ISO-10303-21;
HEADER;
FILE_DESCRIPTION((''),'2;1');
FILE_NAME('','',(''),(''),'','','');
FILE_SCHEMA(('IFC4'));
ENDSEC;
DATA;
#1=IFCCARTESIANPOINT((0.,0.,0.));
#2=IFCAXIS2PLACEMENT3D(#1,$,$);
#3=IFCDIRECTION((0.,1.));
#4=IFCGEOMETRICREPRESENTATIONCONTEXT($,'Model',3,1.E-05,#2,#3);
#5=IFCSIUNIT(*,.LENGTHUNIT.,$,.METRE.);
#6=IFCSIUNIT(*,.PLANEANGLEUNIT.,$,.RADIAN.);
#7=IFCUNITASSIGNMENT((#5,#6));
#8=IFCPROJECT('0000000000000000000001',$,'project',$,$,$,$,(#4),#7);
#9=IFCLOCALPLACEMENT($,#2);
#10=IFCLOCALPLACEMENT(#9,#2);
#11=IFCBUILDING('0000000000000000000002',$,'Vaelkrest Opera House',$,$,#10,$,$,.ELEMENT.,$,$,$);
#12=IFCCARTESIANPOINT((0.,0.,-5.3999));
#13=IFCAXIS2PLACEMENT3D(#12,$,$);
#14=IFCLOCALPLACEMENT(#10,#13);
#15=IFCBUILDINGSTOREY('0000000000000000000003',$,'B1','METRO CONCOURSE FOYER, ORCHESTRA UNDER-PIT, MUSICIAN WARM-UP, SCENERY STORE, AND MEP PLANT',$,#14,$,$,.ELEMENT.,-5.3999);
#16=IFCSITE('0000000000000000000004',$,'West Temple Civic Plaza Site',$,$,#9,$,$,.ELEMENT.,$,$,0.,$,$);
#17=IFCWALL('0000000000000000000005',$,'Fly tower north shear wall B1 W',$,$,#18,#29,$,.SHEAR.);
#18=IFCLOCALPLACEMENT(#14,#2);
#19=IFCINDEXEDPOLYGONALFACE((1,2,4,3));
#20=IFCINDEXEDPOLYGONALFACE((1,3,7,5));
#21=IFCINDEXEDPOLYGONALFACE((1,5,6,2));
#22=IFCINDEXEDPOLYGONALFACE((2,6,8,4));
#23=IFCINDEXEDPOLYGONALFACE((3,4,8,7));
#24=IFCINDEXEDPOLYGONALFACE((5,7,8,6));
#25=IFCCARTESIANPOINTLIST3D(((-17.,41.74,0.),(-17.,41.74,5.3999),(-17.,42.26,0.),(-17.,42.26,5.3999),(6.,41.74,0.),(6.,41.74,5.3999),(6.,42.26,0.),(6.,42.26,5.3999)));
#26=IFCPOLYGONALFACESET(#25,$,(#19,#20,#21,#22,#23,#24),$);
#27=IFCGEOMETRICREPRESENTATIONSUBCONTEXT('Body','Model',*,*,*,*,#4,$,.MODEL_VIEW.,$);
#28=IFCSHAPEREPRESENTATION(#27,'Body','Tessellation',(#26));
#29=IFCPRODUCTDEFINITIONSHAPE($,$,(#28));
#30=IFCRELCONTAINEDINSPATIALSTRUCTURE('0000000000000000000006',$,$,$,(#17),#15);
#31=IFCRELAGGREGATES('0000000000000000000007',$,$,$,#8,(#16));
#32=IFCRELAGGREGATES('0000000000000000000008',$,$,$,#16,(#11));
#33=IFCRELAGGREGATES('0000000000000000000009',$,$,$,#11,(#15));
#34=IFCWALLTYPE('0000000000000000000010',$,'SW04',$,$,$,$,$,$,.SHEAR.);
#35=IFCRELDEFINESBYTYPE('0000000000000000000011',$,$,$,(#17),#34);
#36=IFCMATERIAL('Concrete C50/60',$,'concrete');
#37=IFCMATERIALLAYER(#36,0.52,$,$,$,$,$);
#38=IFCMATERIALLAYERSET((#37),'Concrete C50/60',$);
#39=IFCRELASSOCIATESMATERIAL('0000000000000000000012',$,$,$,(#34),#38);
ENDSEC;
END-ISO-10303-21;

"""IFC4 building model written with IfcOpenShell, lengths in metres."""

from ifc_helpers import new_model, si_unit, direction, frame, frame_2d, origin, place, context, subcontext, project, spatial, rectangle, extrude, material, layer, layer_set, type_object, element, save


model = new_model("IFC4")

# Units and contexts
model_context = context("Model", 3, precision=1e-05, world=origin(), true_north=direction((0.0, 1.0)))
body_context = subcontext(model_context, "Body", "Model", "MODEL_VIEW")
ifc_project = project(units=[si_unit("LENGTHUNIT", "METRE"), si_unit("PLANEANGLEUNIT", "RADIAN")], contexts=[model_context])

# Site, building, storey
site_placement = place(None, origin())
site = spatial("IfcSite", under=ifc_project, at=site_placement, Name="West Temple Civic Plaza Site", CompositionType="ELEMENT", RefElevation=0.0)
building_placement = place(site_placement, origin())
building = spatial("IfcBuilding", under=site, at=building_placement, Name="Vaelkrest Opera House", CompositionType="ELEMENT")
storey_placement = place(building_placement, frame((0.0, 0.0, -5.3999)))
storey = spatial("IfcBuildingStorey", under=building, at=storey_placement, Name="B1", Description="METRO CONCOURSE FOYER, ORCHESTRA UNDER-PIT, MUSICIAN WARM-UP, SCENERY STORE, AND MEP PLANT", CompositionType="ELEMENT", Elevation=-5.3999)

# Shared definitions
ifc_material_1 = material(Name="Concrete C50/60", Category="concrete")

# Wall
ifc_layer_1 = layer(ifc_material_1, 0.52)
ifc_layer_set_1 = layer_set([ifc_layer_1], Name="Concrete C50/60")
wall_type_1 = type_object("IfcWallType", Name="SW04", PredefinedType="SHEAR", material=ifc_layer_set_1)
wall_1_placement = place(storey_placement, frame((-17.0, 42.0, 0.0), z_axis=(0.0, 0.0, 1.0), x_axis=(1.0, 0.0, 0.0)))
element("IfcWall", 1, at=wall_1_placement, inside=storey, type_object=wall_type_1, Name="Fly tower north shear wall B1 W", PredefinedType="SHEAR", context=body_context, shape_type="SweptSolid", body=[
    extrude(rectangle(XDim=23.0, YDim=0.52, at=frame_2d((11.5, 0.0))), origin(), (0.0, 0.0, 1.0), 5.3999),
])

save(model, "model.ifc")
